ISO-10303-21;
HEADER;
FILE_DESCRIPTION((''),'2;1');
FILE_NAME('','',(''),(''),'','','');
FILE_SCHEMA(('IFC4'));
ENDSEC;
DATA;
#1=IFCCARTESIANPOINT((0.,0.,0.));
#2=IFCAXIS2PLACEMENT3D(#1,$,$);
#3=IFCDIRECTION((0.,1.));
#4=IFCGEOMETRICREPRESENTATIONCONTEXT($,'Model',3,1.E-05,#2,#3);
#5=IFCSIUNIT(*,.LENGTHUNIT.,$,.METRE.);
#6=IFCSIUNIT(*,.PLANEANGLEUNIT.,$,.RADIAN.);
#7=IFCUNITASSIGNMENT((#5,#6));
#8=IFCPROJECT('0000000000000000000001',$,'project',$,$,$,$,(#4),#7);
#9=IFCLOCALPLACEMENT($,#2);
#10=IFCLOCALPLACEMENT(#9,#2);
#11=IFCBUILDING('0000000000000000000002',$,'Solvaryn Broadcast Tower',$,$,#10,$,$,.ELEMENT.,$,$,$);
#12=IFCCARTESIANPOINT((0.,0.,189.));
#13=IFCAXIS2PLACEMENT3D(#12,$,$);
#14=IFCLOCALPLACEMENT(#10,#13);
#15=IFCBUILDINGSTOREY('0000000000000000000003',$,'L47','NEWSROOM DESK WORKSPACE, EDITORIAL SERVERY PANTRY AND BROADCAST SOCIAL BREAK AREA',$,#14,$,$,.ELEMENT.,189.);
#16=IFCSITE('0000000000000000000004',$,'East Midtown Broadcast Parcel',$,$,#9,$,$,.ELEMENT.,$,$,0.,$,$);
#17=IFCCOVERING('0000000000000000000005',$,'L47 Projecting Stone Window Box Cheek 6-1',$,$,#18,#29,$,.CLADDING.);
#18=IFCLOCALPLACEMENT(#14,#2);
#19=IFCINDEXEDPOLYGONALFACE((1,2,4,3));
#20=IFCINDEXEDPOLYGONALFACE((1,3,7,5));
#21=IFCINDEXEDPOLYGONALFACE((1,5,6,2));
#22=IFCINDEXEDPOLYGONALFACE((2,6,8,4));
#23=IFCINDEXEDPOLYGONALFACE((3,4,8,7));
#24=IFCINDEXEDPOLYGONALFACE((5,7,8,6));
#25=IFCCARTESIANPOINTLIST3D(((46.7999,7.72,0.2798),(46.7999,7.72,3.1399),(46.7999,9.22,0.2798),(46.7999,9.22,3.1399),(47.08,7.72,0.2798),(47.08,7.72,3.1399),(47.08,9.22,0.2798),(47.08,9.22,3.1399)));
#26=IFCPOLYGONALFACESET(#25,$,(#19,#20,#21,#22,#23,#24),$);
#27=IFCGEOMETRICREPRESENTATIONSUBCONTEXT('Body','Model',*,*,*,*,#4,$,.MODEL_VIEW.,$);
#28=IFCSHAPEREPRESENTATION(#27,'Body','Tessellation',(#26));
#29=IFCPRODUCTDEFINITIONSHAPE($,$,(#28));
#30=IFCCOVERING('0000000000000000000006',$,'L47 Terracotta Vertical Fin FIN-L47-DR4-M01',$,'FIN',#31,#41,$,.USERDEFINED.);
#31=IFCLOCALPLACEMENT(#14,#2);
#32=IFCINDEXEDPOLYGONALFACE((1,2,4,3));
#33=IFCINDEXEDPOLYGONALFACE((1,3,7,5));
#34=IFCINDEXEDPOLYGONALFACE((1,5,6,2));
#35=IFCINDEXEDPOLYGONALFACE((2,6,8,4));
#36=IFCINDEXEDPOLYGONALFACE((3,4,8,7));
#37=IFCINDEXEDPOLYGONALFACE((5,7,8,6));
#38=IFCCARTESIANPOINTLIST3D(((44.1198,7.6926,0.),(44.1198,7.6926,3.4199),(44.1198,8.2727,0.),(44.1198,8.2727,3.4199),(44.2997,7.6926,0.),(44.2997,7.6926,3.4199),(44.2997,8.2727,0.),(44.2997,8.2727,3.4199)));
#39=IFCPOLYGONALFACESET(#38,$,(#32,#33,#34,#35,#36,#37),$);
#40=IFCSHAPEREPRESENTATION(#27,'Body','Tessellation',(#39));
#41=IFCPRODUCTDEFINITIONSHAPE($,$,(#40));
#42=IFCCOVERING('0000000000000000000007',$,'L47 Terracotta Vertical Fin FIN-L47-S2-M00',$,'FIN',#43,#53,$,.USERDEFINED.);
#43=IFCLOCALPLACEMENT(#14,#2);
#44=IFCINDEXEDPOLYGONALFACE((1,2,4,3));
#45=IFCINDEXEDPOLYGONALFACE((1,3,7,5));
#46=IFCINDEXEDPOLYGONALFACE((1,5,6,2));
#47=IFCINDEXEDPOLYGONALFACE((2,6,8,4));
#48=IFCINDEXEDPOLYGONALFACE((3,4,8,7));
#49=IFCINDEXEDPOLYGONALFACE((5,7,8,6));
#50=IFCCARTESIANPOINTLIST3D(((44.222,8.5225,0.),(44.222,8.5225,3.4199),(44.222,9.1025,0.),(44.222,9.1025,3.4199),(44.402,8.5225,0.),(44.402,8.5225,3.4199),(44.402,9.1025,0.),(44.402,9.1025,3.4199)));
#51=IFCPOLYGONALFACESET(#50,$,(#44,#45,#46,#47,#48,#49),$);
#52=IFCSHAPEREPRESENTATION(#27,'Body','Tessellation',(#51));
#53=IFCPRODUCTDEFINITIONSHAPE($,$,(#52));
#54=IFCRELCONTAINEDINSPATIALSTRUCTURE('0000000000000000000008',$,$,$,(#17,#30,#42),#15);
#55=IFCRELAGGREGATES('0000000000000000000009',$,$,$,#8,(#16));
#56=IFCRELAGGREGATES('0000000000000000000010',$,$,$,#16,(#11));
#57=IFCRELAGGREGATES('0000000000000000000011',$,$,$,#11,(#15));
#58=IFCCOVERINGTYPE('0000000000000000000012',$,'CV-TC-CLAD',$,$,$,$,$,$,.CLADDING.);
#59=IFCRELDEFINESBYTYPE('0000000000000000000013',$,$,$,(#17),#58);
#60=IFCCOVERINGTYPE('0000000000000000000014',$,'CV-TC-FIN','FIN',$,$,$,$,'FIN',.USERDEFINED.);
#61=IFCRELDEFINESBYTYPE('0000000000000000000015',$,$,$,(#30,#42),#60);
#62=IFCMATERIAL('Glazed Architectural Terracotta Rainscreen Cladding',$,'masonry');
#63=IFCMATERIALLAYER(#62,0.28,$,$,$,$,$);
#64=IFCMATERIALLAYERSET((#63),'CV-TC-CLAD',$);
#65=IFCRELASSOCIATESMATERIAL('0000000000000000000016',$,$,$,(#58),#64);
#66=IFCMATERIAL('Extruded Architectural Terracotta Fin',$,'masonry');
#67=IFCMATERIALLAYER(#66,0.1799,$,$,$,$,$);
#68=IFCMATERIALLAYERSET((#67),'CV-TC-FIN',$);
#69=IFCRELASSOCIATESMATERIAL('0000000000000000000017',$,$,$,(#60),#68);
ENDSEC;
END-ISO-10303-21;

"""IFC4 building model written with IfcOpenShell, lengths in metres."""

from ifc_helpers import new_model, si_unit, direction, frame, origin, origin_2d, place, context, subcontext, project, spatial, rectangle, extrude, material, layer, layer_set, type_object, element, save


model = new_model("IFC4")

# Units and contexts
model_context = context("Model", 3, precision=1e-05, world=origin(), true_north=direction((0.0, 1.0)))
body_context = subcontext(model_context, "Body", "Model", "MODEL_VIEW")
ifc_project = project(units=[si_unit("LENGTHUNIT", "METRE"), si_unit("PLANEANGLEUNIT", "RADIAN")], contexts=[model_context])

# Site, building, storey
site_placement = place(None, origin())
site = spatial("IfcSite", under=ifc_project, at=site_placement, Name="East Midtown Broadcast Parcel", CompositionType="ELEMENT", RefElevation=0.0)
building_placement = place(site_placement, origin())
building = spatial("IfcBuilding", under=site, at=building_placement, Name="Solvaryn Broadcast Tower", CompositionType="ELEMENT")
storey_placement = place(building_placement, frame((0.0, 0.0, 189.0)))
storey = spatial("IfcBuildingStorey", under=building, at=storey_placement, Name="L47", Description="NEWSROOM DESK WORKSPACE, EDITORIAL SERVERY PANTRY AND BROADCAST SOCIAL BREAK AREA", CompositionType="ELEMENT", Elevation=189.0)

# Coverings
ifc_material_1 = material(Name="Glazed Architectural Terracotta Rainscreen Cladding", Category="masonry")
ifc_layer_1 = layer(ifc_material_1, 0.28)
ifc_layer_set_1 = layer_set([ifc_layer_1], Name="CV-TC-CLAD")
covering_type_1 = type_object("IfcCoveringType", Name="CV-TC-CLAD", PredefinedType="CLADDING", material=ifc_layer_set_1)
covering_1_placement = place(storey_placement, frame((46.9399, 8.47, 0.2798), z_axis=(0.0, 0.0, 1.0), x_axis=(1.0, 0.0, 0.0)))
element("IfcCovering", 1, at=covering_1_placement, inside=storey, type_object=covering_type_1, Name="L47 Projecting Stone Window Box Cheek 6-1", PredefinedType="CLADDING", context=body_context, shape_type="SweptSolid", body=[
    extrude(rectangle(XDim=0.28, YDim=1.5, at=origin_2d()), origin(), (0.0, 0.0, 1.0), 2.8601),
])
ifc_material_2 = material(Name="Extruded Architectural Terracotta Fin", Category="masonry")
ifc_layer_2 = layer(ifc_material_2, 0.1799)
ifc_layer_set_2 = layer_set([ifc_layer_2], Name="CV-TC-FIN")
covering_type_2 = type_object("IfcCoveringType", Name="CV-TC-FIN", Description="FIN", ElementType="FIN", PredefinedType="USERDEFINED", material=ifc_layer_set_2)
for number, where, z_axis, x_axis, name in (
    (2, (44.2097, 7.9827, 0.0), (0.0, 0.0, 1.0), (1.0, 0.0, 0.0), "L47 Terracotta Vertical Fin FIN-L47-DR4-M01"),
    (3, (44.312, 8.8125, 0.0), (0.0, 0.0, 1.0), (1.0, 0.0, 0.0), "L47 Terracotta Vertical Fin FIN-L47-S2-M00"),
):
    element("IfcCovering", number, at=place(storey_placement, frame(where, z_axis=z_axis, x_axis=x_axis)), inside=storey, type_object=covering_type_2, Name=name, ObjectType="FIN", PredefinedType="USERDEFINED", context=body_context, shape_type="SweptSolid", body=[
        extrude(rectangle(XDim=0.1799, YDim=0.5801, at=origin_2d()), origin(), (0.0, 0.0, 1.0), 3.4199),
    ])

save(model, "model.ifc")
